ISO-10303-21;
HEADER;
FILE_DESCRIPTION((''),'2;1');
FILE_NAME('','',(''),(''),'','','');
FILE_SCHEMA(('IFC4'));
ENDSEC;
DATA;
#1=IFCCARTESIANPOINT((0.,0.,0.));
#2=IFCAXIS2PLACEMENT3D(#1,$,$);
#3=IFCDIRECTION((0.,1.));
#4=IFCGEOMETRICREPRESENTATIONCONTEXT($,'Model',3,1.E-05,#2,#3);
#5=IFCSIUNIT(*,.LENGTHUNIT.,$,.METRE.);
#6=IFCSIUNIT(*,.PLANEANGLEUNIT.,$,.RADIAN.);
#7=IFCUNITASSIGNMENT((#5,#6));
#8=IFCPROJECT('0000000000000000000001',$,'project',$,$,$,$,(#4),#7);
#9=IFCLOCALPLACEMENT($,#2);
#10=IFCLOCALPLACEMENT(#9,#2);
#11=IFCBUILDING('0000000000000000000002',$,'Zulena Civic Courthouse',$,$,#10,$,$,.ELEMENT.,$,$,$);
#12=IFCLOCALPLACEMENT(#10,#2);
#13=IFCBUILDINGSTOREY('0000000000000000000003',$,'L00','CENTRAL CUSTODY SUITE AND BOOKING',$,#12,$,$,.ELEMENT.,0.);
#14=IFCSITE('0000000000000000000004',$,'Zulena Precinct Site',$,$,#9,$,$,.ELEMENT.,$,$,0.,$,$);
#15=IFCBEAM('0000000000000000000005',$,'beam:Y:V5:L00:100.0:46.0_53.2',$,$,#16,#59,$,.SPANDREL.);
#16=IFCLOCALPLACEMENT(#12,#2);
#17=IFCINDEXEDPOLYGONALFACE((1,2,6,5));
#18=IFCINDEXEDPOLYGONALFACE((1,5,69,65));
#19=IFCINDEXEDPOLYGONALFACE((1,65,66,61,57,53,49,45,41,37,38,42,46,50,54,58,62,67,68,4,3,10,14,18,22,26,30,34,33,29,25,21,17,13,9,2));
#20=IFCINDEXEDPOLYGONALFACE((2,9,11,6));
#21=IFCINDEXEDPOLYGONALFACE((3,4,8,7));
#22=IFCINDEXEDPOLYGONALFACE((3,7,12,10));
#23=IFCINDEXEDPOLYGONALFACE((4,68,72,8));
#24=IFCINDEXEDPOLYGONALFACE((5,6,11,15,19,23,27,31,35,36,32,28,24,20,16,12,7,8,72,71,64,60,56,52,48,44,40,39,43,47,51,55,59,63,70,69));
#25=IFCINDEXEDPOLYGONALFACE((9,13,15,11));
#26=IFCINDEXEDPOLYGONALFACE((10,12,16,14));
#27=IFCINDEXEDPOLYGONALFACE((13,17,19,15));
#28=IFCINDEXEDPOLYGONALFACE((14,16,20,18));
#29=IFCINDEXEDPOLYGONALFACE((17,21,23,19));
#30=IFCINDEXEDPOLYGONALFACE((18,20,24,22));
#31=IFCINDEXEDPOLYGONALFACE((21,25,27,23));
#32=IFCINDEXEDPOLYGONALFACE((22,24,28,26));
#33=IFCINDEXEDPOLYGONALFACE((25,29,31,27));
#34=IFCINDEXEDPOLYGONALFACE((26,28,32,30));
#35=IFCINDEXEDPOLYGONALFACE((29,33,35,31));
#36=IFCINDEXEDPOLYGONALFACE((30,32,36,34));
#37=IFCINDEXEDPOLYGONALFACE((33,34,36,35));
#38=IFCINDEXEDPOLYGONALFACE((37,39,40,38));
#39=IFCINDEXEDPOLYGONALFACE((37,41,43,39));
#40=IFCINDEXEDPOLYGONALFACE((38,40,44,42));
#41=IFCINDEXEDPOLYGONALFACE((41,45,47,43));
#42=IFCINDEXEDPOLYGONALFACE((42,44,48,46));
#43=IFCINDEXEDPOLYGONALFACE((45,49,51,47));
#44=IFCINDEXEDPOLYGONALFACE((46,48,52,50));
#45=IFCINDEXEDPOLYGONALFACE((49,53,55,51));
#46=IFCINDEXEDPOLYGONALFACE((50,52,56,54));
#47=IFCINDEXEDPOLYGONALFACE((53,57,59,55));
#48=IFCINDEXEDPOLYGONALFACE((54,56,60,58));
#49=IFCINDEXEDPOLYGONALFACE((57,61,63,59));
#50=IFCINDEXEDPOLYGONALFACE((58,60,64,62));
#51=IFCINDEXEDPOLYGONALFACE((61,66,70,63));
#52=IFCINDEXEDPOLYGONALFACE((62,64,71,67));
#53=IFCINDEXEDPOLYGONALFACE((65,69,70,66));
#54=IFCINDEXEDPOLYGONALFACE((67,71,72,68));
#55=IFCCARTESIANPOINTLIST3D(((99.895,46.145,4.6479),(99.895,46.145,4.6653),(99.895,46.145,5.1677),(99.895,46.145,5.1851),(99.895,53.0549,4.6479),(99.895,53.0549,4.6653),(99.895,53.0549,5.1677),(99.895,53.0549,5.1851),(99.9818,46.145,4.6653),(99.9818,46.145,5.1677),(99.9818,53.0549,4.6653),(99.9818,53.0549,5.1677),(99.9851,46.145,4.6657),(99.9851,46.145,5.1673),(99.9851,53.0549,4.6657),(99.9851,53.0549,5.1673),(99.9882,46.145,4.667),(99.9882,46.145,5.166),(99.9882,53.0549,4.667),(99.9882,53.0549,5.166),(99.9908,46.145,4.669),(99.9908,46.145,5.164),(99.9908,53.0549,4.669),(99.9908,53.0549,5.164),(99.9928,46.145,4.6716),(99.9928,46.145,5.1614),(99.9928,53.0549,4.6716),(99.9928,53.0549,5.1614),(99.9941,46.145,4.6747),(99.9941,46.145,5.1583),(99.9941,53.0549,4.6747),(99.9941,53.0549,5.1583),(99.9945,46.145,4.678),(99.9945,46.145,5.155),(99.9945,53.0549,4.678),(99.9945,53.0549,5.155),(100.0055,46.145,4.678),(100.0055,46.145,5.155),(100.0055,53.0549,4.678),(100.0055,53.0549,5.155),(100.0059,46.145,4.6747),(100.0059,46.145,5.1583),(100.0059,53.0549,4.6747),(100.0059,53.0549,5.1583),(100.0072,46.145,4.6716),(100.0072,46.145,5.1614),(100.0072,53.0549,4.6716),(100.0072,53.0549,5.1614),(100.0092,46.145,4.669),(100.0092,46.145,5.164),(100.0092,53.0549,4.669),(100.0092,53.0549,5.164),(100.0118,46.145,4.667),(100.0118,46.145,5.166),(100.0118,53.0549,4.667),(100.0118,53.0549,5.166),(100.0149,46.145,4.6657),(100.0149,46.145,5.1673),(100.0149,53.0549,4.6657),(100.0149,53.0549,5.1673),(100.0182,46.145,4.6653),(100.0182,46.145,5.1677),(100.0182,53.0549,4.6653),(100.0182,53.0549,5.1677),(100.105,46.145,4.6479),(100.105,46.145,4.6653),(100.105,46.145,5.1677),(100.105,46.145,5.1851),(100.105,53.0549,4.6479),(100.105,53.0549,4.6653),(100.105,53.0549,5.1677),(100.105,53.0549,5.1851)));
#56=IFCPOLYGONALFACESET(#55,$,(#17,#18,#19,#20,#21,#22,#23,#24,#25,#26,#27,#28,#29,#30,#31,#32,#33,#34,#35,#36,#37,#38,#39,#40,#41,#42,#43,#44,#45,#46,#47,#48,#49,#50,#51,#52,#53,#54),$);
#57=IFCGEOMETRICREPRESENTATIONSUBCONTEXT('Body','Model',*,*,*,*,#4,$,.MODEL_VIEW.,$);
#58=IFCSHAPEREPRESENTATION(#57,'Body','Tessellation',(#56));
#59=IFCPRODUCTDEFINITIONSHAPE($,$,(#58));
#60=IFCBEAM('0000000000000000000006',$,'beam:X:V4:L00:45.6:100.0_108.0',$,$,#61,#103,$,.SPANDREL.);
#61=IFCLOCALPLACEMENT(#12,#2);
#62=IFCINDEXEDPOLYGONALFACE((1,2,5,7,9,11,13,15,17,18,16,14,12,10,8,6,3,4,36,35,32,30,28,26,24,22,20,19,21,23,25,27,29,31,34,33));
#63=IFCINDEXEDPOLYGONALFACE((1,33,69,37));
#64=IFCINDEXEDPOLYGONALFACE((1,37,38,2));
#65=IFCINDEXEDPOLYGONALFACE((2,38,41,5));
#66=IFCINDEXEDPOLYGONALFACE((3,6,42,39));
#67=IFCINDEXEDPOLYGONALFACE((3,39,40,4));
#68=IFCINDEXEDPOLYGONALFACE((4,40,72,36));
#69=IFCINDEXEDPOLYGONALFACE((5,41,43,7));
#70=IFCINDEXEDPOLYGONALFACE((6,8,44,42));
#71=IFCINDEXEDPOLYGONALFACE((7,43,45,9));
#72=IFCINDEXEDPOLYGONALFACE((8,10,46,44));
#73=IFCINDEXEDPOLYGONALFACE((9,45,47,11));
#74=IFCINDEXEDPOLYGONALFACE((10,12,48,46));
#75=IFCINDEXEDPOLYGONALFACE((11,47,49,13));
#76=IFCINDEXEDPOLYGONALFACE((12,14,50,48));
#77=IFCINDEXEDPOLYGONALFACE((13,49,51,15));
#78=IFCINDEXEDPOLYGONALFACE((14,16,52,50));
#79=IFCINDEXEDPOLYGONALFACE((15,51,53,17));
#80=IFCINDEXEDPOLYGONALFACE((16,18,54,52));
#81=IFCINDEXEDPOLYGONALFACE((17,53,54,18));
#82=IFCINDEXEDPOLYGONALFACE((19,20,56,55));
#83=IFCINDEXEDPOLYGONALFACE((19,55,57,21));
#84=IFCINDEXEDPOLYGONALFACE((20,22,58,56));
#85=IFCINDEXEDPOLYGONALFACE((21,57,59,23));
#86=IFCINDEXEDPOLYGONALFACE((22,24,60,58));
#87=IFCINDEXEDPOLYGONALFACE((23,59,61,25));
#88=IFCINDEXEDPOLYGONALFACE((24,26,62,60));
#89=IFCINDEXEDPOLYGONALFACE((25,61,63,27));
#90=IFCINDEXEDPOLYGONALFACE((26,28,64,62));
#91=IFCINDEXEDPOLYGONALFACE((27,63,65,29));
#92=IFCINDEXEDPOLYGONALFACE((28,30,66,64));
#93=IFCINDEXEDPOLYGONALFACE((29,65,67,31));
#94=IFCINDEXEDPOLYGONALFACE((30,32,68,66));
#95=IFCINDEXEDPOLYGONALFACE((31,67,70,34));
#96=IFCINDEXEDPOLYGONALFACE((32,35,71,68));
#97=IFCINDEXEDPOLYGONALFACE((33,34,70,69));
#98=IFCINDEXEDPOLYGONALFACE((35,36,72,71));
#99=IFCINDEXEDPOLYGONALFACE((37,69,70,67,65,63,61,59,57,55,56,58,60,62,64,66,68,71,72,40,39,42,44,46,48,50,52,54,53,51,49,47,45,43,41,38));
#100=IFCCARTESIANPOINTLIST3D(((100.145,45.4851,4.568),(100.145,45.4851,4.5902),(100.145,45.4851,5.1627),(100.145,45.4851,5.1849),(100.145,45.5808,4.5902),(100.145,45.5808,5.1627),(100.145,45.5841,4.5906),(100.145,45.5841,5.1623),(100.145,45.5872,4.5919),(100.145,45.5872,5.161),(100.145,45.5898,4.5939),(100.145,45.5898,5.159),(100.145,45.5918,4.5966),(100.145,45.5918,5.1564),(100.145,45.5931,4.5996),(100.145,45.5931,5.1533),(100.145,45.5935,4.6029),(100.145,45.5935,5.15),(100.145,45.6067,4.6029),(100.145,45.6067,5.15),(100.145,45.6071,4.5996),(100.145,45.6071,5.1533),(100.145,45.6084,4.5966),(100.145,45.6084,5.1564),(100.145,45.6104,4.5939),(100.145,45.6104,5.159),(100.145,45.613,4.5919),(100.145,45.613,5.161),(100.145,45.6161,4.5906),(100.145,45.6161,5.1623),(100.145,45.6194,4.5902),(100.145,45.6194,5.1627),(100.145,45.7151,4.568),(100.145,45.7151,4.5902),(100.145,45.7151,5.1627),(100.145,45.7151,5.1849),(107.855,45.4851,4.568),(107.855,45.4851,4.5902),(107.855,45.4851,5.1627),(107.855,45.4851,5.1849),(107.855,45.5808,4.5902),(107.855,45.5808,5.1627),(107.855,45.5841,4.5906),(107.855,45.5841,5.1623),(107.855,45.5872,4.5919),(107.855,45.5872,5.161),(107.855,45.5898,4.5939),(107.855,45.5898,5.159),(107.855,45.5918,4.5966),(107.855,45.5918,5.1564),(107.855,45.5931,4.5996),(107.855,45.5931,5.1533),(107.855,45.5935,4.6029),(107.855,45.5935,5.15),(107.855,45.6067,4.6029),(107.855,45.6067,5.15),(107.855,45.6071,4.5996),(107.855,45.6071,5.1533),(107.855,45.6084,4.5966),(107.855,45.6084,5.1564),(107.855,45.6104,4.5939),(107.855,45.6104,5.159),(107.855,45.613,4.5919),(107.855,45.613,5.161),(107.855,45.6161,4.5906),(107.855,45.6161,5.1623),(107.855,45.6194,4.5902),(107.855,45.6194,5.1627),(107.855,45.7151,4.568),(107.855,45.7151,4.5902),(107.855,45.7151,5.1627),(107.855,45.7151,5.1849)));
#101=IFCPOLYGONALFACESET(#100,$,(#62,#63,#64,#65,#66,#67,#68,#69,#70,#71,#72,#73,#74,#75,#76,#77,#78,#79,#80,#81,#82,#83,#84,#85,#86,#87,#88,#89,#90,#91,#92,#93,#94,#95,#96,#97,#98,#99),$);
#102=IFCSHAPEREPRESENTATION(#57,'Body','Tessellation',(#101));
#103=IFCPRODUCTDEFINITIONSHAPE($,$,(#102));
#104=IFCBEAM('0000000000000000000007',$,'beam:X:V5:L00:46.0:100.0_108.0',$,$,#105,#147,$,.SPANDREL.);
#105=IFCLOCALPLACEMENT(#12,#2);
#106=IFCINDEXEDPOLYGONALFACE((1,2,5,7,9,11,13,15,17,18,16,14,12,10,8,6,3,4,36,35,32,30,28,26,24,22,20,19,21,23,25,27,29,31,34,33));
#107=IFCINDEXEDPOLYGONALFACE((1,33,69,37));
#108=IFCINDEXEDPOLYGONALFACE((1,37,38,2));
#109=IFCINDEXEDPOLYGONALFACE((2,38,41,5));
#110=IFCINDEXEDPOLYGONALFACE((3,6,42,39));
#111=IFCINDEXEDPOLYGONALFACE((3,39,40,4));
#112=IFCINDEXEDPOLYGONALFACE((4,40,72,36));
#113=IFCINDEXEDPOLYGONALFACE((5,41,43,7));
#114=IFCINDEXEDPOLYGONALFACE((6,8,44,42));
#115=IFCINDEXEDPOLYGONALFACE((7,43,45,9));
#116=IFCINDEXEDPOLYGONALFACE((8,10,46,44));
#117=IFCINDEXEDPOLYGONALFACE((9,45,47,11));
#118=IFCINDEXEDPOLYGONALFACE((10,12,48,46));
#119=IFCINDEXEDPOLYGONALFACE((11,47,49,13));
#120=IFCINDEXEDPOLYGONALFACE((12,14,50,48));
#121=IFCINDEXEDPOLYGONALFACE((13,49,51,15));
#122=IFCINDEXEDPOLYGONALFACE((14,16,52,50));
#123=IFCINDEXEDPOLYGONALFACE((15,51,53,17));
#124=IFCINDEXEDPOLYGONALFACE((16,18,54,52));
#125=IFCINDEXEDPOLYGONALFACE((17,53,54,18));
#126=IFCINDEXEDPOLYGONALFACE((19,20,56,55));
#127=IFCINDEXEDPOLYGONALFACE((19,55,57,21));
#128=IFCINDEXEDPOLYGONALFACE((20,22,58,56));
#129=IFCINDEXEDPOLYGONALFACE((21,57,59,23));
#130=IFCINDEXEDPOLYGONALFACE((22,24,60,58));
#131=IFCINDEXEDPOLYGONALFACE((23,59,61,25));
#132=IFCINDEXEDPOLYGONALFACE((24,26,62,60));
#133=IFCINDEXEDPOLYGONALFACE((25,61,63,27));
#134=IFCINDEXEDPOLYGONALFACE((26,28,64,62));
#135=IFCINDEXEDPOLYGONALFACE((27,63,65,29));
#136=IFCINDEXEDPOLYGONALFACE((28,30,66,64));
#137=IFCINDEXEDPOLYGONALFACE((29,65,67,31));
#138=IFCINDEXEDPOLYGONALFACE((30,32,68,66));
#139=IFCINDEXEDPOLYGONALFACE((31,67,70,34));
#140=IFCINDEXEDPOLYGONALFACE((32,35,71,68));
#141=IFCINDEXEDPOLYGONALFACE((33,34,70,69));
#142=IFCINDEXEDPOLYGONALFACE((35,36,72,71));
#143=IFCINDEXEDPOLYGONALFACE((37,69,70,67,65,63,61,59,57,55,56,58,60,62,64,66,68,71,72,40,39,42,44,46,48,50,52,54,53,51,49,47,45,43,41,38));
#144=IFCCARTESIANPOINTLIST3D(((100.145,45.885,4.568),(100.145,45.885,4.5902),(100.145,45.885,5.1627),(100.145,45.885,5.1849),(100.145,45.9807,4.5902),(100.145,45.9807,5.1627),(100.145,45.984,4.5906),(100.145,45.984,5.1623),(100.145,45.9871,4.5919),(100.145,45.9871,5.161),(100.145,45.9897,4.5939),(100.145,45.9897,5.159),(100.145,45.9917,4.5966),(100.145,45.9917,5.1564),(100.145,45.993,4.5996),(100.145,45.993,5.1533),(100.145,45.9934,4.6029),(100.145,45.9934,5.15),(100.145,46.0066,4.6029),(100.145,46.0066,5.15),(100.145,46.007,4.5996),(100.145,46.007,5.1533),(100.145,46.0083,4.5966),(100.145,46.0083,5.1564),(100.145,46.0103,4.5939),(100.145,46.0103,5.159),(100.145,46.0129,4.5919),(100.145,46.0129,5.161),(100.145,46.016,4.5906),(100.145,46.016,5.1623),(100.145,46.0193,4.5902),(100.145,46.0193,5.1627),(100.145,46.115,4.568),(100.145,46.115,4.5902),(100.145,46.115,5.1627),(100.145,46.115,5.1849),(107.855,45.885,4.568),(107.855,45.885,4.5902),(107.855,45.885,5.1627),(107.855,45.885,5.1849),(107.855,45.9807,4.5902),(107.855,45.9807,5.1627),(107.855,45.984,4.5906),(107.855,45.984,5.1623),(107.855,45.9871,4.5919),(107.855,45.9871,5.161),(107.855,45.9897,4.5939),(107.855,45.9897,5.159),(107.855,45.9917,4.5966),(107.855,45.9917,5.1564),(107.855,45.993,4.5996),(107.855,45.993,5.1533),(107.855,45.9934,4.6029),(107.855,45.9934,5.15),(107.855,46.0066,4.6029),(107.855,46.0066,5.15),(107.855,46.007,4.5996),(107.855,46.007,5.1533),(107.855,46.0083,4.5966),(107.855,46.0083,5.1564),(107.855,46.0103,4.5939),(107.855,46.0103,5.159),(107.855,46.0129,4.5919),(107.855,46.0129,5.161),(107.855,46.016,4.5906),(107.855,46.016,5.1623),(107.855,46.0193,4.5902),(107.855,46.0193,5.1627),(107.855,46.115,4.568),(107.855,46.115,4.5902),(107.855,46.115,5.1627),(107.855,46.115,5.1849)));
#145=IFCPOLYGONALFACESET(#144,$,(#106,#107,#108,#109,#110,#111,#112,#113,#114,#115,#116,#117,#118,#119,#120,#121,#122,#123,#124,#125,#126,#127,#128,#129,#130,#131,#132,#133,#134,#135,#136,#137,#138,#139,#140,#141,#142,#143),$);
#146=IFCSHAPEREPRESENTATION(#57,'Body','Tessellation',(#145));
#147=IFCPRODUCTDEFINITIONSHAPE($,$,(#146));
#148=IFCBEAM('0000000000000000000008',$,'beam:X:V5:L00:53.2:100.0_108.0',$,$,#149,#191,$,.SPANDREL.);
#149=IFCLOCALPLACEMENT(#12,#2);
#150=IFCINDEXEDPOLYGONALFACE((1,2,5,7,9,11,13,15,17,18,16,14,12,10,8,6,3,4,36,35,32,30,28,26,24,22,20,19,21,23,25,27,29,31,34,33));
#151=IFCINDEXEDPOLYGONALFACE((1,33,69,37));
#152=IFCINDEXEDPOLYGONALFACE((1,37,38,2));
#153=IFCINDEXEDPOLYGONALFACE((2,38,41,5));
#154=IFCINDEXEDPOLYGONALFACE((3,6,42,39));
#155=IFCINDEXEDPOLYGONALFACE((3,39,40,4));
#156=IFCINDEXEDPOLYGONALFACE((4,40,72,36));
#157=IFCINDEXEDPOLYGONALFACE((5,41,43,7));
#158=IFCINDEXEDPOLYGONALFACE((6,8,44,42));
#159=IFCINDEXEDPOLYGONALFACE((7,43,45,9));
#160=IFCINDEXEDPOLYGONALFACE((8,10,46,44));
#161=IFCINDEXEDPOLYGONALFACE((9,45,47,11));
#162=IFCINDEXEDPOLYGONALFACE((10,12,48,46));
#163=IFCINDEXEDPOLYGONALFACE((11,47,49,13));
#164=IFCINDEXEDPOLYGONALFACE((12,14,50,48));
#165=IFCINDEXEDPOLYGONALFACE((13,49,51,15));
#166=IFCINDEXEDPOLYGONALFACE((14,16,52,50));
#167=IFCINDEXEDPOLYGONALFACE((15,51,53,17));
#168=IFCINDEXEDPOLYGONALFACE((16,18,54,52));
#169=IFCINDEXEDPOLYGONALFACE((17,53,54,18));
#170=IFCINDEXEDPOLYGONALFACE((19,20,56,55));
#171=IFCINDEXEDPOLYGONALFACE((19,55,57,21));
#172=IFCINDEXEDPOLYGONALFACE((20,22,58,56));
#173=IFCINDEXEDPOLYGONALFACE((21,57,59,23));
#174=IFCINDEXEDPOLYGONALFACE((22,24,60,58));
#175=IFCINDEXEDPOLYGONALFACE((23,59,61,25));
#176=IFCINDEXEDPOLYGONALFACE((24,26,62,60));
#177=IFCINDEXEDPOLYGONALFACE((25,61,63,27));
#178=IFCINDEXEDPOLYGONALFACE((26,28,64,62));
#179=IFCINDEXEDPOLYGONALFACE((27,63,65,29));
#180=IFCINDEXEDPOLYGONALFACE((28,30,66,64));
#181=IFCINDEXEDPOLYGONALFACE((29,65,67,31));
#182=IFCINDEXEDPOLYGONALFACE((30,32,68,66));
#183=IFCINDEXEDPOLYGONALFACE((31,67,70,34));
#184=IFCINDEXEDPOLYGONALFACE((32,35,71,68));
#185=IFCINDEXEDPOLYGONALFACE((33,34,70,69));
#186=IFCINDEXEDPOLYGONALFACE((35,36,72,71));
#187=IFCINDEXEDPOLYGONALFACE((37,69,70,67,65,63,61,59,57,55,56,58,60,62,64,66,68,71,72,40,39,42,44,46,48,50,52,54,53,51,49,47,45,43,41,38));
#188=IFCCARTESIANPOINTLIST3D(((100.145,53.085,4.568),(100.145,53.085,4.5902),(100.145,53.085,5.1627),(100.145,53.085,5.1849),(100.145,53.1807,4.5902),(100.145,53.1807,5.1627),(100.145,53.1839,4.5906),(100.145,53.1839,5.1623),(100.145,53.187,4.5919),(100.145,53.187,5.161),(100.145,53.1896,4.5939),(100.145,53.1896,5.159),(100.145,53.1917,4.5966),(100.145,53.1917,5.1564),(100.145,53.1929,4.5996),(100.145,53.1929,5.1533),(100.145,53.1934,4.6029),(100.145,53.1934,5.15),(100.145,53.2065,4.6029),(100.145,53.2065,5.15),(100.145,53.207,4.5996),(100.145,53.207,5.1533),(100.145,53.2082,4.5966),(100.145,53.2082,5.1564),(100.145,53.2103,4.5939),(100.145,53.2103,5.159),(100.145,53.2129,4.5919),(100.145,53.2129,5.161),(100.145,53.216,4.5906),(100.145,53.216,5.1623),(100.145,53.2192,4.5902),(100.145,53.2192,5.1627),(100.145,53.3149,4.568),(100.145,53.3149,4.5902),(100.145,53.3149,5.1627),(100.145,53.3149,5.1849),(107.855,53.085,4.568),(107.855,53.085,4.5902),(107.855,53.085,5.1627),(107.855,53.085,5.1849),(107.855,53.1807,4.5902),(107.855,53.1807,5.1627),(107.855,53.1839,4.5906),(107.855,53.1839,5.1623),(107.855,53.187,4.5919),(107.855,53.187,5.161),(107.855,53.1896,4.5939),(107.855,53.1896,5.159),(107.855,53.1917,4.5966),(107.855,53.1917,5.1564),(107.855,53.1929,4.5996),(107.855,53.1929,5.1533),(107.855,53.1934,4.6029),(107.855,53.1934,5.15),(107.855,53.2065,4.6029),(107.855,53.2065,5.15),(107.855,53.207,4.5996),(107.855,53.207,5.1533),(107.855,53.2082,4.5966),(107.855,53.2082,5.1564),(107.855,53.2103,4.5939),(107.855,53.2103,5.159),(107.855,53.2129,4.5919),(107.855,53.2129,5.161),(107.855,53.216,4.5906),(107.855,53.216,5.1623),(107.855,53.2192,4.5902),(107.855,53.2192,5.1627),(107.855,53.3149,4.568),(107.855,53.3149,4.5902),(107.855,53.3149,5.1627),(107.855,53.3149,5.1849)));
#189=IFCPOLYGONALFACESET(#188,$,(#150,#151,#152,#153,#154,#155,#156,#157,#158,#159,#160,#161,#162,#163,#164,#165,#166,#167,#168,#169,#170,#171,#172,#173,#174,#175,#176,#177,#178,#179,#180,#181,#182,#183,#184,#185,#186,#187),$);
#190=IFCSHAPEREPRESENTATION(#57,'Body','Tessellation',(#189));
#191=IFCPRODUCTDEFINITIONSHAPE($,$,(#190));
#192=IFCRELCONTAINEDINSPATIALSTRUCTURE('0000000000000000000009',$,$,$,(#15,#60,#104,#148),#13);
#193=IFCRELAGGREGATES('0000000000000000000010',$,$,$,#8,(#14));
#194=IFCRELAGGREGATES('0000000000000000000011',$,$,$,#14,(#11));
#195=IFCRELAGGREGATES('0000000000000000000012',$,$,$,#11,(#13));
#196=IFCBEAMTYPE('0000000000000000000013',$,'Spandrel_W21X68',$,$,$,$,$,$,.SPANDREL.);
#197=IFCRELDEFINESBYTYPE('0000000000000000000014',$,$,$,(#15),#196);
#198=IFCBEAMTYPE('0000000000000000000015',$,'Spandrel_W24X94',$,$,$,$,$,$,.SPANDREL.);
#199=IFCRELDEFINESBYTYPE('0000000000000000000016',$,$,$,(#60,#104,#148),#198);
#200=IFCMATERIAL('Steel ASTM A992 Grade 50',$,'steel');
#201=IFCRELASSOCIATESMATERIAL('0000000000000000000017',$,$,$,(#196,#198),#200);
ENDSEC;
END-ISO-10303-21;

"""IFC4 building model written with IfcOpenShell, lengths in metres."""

from ifc_helpers import new_model, si_unit, direction, frame, origin, origin_2d, place, context, subcontext, project, spatial, i_section, extrude, material, material_profile, profile_set, type_object, element, save


model = new_model("IFC4")

# Units and contexts
model_context = context("Model", 3, precision=1e-05, world=origin(), true_north=direction((0.0, 1.0)))
body_context = subcontext(model_context, "Body", "Model", "MODEL_VIEW")
ifc_project = project(units=[si_unit("LENGTHUNIT", "METRE"), si_unit("PLANEANGLEUNIT", "RADIAN")], contexts=[model_context])

# Site, building, storey
site_placement = place(None, origin())
site = spatial("IfcSite", under=ifc_project, at=site_placement, Name="Zulena Precinct Site", CompositionType="ELEMENT", RefElevation=0.0)
building_placement = place(site_placement, origin())
building = spatial("IfcBuilding", under=site, at=building_placement, Name="Zulena Civic Courthouse", CompositionType="ELEMENT")
storey_placement = place(building_placement, origin())
storey = spatial("IfcBuildingStorey", under=building, at=storey_placement, Name="L00", Description="CENTRAL CUSTODY SUITE AND BOOKING", CompositionType="ELEMENT", Elevation=0.0)

# Shared definitions
ifc_material_1 = material(Name="Steel ASTM A992 Grade 50", Category="steel")

# Beams
ifc_material_profile_1 = material_profile(ifc_material_1, i_section(OverallWidth=0.21, OverallDepth=0.5371, WebThickness=0.011, FlangeThickness=0.0173, FilletRadius=0.0127, at=origin_2d()), Name="W21X68")
ifc_profile_set_1 = profile_set([ifc_material_profile_1], Name="Steel ASTM A992 Grade 50")
beam_type_1 = type_object("IfcBeamType", Name="Spandrel_W21X68", PredefinedType="SPANDREL", material=ifc_profile_set_1)
beam_1_placement = place(storey_placement, frame((100.0, 46.145, 4.9165), z_axis=(0.0, 1.0, 0.0), x_axis=(-1.0, 0.0, 0.0)))
element("IfcBeam", 1, at=beam_1_placement, inside=storey, type_object=beam_type_1, Name="beam:Y:V5:L00:100.0:46.0_53.2", PredefinedType="SPANDREL", context=body_context, shape_type="SweptSolid", body=[
    extrude(i_section(OverallWidth=0.21, OverallDepth=0.5371, WebThickness=0.011, FlangeThickness=0.0173, FilletRadius=0.0127, at=origin_2d()), origin(), (0.0, 0.0, 1.0), 6.9099),
])
ifc_material_profile_2 = material_profile(ifc_material_1, i_section(OverallWidth=0.23, OverallDepth=0.6169, WebThickness=0.0132, FlangeThickness=0.0222, FilletRadius=0.0127, at=origin_2d()), Name="W24X94")
ifc_profile_set_2 = profile_set([ifc_material_profile_2], Name="Steel ASTM A992 Grade 50")
beam_type_2 = type_object("IfcBeamType", Name="Spandrel_W24X94", PredefinedType="SPANDREL", material=ifc_profile_set_2)
for number, where, z_axis, x_axis, name in (
    (2, (100.145, 45.6001, 4.8765), (1.0, 0.0, 0.0), (0.0, 1.0, 0.0), "beam:X:V4:L00:45.6:100.0_108.0"),
    (3, (100.145, 46.0, 4.8765), (1.0, 0.0, 0.0), (0.0, 1.0, 0.0), "beam:X:V5:L00:46.0:100.0_108.0"),
    (4, (100.145, 53.2, 4.8765), (1.0, 0.0, 0.0), (0.0, 1.0, 0.0), "beam:X:V5:L00:53.2:100.0_108.0"),
):
    element("IfcBeam", number, at=place(storey_placement, frame(where, z_axis=z_axis, x_axis=x_axis)), inside=storey, type_object=beam_type_2, Name=name, PredefinedType="SPANDREL", context=body_context, shape_type="SweptSolid", body=[
        extrude(i_section(OverallWidth=0.23, OverallDepth=0.6169, WebThickness=0.0132, FlangeThickness=0.0222, FilletRadius=0.0127, at=origin_2d()), origin(), (0.0, 0.0, 1.0), 7.71),
    ])

save(model, "model.ifc")
